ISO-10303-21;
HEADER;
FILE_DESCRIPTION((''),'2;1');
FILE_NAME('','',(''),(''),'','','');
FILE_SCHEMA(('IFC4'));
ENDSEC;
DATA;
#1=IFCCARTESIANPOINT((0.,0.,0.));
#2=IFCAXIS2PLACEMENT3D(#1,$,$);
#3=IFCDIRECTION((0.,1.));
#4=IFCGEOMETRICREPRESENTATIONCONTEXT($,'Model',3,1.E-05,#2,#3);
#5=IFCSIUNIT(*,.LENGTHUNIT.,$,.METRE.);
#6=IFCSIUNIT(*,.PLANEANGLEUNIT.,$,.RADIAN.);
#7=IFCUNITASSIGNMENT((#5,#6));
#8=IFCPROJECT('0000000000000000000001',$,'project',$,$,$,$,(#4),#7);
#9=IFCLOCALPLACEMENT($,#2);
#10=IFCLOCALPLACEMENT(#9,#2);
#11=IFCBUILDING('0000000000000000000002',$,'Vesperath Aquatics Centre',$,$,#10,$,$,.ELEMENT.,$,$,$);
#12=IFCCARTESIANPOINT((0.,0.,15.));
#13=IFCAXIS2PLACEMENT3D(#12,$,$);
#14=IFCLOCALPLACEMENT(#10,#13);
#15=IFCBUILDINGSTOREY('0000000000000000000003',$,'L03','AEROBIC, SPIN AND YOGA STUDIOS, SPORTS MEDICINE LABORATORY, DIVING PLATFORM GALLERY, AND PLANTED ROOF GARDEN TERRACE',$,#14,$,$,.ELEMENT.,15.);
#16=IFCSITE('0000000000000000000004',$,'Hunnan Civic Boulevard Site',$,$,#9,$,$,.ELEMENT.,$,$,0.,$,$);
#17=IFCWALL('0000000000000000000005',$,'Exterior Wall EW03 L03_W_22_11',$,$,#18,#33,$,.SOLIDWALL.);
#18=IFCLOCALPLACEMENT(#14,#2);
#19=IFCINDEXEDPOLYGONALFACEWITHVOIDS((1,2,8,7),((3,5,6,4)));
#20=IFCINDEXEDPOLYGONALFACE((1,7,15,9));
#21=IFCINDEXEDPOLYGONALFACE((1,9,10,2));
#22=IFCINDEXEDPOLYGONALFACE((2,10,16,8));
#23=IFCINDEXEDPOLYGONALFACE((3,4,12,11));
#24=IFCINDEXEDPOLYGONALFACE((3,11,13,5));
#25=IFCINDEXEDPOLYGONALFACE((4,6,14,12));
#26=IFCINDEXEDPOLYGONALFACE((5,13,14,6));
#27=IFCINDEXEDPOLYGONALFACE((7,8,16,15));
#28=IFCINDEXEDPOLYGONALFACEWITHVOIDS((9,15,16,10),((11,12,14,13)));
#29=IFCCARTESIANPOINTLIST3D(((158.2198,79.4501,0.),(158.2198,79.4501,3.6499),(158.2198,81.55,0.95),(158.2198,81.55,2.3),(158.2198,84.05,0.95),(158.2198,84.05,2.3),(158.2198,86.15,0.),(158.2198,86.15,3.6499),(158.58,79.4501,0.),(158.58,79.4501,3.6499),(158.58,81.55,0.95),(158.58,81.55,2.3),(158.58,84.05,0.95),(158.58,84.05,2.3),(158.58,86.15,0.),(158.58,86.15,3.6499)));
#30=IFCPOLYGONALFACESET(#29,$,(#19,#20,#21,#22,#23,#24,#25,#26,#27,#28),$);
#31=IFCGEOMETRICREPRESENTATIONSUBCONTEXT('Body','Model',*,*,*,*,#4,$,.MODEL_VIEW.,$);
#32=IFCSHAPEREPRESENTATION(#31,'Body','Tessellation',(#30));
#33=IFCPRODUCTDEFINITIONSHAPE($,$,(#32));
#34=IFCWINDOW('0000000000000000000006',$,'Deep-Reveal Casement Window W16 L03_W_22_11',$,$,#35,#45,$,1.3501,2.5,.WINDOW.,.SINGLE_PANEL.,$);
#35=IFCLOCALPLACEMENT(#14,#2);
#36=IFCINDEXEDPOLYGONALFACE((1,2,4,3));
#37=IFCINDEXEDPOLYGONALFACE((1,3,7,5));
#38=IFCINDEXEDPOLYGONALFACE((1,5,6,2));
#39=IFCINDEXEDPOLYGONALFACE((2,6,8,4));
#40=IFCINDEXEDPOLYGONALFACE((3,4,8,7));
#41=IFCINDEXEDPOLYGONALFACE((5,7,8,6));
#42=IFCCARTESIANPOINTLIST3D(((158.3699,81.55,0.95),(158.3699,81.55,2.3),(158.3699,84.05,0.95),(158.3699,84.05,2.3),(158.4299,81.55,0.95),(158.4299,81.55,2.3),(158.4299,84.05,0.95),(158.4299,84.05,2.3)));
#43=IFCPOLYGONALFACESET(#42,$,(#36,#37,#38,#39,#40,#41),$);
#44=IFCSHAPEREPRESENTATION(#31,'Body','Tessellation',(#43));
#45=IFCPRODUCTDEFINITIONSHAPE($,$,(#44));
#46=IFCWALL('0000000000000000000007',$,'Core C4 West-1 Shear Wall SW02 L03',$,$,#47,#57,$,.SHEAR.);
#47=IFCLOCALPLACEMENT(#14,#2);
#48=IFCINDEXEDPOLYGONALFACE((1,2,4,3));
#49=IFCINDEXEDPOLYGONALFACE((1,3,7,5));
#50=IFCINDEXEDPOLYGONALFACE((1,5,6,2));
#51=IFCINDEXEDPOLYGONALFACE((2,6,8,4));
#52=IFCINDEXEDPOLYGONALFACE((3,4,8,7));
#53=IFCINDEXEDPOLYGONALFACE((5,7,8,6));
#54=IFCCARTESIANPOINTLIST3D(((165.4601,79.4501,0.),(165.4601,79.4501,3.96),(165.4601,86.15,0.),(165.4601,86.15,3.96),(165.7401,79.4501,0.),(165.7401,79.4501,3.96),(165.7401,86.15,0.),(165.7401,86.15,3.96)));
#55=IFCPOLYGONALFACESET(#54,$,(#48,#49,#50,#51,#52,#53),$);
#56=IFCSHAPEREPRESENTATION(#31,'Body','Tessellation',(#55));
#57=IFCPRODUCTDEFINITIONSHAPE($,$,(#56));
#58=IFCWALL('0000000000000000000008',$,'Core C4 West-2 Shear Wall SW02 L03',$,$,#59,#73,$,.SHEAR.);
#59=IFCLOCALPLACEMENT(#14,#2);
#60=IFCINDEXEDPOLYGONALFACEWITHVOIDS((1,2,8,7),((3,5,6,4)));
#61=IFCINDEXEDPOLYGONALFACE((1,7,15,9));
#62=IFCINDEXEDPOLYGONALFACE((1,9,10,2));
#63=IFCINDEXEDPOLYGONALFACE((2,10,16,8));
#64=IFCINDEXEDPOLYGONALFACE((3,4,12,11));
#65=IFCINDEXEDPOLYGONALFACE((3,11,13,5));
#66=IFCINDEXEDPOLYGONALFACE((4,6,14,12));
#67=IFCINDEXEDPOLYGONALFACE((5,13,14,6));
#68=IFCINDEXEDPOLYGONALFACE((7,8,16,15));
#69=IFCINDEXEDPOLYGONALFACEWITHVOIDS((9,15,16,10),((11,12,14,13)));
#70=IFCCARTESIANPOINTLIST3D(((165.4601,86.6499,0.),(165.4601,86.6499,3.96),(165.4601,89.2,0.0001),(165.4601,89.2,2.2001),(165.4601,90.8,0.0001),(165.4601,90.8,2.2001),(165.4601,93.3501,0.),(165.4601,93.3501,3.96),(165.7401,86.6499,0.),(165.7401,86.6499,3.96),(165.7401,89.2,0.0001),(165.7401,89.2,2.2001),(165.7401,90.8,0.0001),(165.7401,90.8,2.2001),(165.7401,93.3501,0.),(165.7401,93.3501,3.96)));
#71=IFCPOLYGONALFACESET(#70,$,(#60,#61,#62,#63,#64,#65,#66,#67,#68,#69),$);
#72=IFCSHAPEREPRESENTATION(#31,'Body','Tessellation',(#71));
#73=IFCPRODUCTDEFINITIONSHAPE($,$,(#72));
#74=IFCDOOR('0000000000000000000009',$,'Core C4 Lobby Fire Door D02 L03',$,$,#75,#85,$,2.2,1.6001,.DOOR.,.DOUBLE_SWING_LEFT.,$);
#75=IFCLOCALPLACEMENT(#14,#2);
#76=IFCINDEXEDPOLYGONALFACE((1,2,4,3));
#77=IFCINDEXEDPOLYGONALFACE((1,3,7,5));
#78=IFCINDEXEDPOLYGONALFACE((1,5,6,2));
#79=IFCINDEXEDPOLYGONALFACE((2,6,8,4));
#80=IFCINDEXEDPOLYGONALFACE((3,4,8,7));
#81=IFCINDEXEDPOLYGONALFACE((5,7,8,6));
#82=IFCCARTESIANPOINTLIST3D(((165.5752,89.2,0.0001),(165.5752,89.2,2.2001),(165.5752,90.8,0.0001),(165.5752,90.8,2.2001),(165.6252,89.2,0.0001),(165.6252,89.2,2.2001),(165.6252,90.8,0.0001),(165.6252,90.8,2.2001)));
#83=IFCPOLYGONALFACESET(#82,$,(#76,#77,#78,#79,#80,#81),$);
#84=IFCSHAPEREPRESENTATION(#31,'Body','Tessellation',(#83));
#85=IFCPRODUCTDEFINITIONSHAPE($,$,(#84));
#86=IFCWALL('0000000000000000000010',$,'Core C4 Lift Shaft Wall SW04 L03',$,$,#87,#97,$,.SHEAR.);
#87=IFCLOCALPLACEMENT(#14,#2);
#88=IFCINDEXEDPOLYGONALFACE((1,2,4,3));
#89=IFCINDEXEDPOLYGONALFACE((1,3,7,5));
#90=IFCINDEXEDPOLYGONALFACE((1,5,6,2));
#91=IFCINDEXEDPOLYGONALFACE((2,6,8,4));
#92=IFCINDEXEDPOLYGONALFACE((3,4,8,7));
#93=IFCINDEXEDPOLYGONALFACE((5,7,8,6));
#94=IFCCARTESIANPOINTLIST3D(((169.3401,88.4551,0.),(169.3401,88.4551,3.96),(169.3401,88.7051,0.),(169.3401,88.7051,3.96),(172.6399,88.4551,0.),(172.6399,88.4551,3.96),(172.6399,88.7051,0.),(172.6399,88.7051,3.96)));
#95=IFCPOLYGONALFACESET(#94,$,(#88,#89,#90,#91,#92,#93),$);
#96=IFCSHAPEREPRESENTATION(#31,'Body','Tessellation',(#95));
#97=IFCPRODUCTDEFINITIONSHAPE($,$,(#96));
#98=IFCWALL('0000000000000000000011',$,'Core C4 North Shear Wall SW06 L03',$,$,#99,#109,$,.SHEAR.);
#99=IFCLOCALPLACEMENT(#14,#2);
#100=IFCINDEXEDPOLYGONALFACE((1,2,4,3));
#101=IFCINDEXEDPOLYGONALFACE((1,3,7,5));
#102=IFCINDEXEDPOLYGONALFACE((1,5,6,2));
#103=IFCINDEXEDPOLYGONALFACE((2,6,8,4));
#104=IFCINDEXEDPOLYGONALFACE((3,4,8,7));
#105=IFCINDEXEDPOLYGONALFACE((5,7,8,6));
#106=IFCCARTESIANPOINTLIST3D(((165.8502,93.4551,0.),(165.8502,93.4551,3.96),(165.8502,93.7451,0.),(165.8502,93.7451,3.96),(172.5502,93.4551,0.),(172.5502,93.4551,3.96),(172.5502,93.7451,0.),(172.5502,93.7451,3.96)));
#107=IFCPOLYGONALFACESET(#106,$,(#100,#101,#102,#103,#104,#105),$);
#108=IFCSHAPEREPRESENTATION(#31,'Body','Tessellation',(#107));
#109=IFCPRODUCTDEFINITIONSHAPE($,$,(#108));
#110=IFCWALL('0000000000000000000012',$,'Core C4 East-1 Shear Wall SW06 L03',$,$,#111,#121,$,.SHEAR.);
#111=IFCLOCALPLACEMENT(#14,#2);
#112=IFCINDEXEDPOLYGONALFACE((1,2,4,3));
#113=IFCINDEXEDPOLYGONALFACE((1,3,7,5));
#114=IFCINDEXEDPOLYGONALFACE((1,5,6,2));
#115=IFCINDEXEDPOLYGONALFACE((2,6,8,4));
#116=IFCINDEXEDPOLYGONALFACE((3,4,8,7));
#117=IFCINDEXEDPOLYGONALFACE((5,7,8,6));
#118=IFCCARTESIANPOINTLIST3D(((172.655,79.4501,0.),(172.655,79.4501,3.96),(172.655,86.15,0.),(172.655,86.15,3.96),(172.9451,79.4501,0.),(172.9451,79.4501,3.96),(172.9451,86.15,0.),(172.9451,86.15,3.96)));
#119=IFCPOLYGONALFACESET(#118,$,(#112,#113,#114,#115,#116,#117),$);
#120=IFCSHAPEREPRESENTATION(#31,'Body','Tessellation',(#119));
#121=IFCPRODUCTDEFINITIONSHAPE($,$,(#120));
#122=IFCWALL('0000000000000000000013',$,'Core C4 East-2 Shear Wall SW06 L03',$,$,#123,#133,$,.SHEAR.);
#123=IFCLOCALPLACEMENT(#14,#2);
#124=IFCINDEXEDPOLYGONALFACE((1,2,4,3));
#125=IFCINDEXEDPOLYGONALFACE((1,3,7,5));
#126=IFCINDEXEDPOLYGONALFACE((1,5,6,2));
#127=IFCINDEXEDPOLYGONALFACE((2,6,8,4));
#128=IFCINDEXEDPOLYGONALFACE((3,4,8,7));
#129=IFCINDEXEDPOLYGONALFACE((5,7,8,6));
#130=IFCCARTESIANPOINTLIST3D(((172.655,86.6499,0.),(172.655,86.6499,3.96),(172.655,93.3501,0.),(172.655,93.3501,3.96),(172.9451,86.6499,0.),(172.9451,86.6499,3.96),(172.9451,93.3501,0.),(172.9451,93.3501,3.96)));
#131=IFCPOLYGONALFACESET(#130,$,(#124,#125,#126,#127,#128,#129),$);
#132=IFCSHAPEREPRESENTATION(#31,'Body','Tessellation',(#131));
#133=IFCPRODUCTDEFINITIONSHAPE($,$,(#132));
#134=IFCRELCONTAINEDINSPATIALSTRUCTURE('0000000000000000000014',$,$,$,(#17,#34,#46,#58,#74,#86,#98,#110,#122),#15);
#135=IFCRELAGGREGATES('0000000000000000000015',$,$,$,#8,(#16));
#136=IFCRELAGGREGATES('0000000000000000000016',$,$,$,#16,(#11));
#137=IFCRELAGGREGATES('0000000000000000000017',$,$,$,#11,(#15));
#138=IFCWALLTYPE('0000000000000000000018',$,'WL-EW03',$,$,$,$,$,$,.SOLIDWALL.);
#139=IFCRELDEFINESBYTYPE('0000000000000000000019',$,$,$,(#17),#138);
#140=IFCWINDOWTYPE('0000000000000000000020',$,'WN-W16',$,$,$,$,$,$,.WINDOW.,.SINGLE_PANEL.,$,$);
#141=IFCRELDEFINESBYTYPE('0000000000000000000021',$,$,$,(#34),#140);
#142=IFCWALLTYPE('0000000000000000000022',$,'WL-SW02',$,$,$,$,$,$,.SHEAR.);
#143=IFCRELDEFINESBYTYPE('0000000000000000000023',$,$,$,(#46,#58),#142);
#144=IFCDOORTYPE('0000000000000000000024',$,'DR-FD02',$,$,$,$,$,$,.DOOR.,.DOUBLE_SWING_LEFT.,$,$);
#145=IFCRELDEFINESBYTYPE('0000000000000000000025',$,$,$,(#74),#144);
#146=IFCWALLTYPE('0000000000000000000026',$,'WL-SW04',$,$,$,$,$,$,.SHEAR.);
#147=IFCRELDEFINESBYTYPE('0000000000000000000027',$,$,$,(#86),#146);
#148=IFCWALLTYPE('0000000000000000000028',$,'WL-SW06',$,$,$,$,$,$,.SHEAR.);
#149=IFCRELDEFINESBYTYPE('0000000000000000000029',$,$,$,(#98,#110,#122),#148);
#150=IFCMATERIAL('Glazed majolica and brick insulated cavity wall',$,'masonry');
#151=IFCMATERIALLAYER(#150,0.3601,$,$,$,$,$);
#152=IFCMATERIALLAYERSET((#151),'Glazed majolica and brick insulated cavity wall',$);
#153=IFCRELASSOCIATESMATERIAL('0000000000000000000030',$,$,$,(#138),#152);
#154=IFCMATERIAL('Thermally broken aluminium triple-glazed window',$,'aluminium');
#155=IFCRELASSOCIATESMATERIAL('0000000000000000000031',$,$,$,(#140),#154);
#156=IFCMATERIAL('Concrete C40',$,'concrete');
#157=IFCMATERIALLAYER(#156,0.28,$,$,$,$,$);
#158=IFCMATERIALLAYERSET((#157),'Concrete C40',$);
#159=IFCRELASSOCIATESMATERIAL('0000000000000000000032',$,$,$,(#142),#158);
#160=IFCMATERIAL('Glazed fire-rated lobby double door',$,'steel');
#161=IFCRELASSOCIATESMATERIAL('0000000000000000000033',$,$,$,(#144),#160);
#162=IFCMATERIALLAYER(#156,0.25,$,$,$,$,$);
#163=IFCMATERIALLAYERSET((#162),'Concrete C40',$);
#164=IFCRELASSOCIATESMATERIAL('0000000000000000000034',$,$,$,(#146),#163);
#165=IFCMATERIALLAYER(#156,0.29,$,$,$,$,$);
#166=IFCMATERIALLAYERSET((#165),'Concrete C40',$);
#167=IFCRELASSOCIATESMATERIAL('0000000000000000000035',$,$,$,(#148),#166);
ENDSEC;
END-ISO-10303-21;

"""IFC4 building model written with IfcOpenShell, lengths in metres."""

from ifc_helpers import new_model, si_unit, direction, frame, frame_2d, origin, place, context, subcontext, project, spatial, rectangle, extrude, material, layer, layer_set, type_object, element, fill, save


model = new_model("IFC4")

# Units and contexts
model_context = context("Model", 3, precision=1e-05, world=origin(), true_north=direction((0.0, 1.0)))
body_context = subcontext(model_context, "Body", "Model", "MODEL_VIEW")
ifc_project = project(units=[si_unit("LENGTHUNIT", "METRE"), si_unit("PLANEANGLEUNIT", "RADIAN")], contexts=[model_context])

# Site, building, storey
site_placement = place(None, origin())
site = spatial("IfcSite", under=ifc_project, at=site_placement, Name="Hunnan Civic Boulevard Site", CompositionType="ELEMENT", RefElevation=0.0)
building_placement = place(site_placement, origin())
building = spatial("IfcBuilding", under=site, at=building_placement, Name="Vesperath Aquatics Centre", CompositionType="ELEMENT")
storey_placement = place(building_placement, frame((0.0, 0.0, 15.0)))
storey = spatial("IfcBuildingStorey", under=building, at=storey_placement, Name="L03", Description="AEROBIC, SPIN AND YOGA STUDIOS, SPORTS MEDICINE LABORATORY, DIVING PLATFORM GALLERY, AND PLANTED ROOF GARDEN TERRACE", CompositionType="ELEMENT", Elevation=15.0)

# Wall, opening, window
ifc_material_1 = material(Name="Thermally broken aluminium triple-glazed window", Category="aluminium")
ifc_material_2 = material(Name="Glazed majolica and brick insulated cavity wall", Category="masonry")
ifc_layer_1 = layer(ifc_material_2, 0.3601)
ifc_layer_set_1 = layer_set([ifc_layer_1], Name="Glazed majolica and brick insulated cavity wall")
wall_type_1 = type_object("IfcWallType", Name="WL-EW03", PredefinedType="SOLIDWALL", material=ifc_layer_set_1)
wall_1_placement = place(storey_placement, frame((158.3999, 79.45, 0.0), z_axis=(0.0, 0.0, 1.0), x_axis=(0.0, 1.0, 0.0)))
wall_1 = element("IfcWall", 1, at=wall_1_placement, inside=storey, type_object=wall_type_1, Name="Exterior Wall EW03 L03_W_22_11", PredefinedType="SOLIDWALL", context=body_context, shape_type="SweptSolid", body=[
    extrude(rectangle(XDim=6.7, YDim=0.3601, at=frame_2d((3.3501, 0.0))), origin(), (0.0, 0.0, 1.0), 3.6499),
])
opening_1_placement = place(wall_1_placement, frame((2.1001, 0.0, 0.95)))
opening_1 = element("IfcOpeningElement", 2, at=opening_1_placement, cuts=wall_1, PredefinedType="OPENING", context=body_context, shape_type="SweptSolid", body=[
    extrude(rectangle(XDim=2.5, YDim=1.3501, at=frame_2d((1.25, 0.675))), frame((0.0, 0.1948, 0.0), z_axis=(0.0, -1.0, 0.0), x_axis=(1.0, 0.0, 0.0)), (0.0, 0.0, 1.0), 0.3899),
])
window_type_1 = type_object("IfcWindowType", Name="WN-W16", PartitioningType="SINGLE_PANEL", PredefinedType="WINDOW", material=ifc_material_1)
window_1_placement = place(opening_1_placement, origin())
window_1 = element("IfcWindow", 3, at=window_1_placement, inside=storey, type_object=window_type_1, Name="Deep-Reveal Casement Window W16 L03_W_22_11", OverallHeight=1.3501, OverallWidth=2.5, PartitioningType="SINGLE_PANEL", PredefinedType="WINDOW", context=body_context, shape_type="SweptSolid", body=[
    extrude(rectangle(XDim=2.5, YDim=1.3501, at=frame_2d((1.25, 0.675))), frame((0.0, 0.03, 0.0), z_axis=(0.0, -1.0, 0.0), x_axis=(1.0, 0.0, 0.0)), (0.0, 0.0, 1.0), 0.0601),
])
fill(opening_1, window_1)

# Wall
ifc_material_3 = material(Name="Concrete C40", Category="concrete")
ifc_layer_2 = layer(ifc_material_3, 0.28)
ifc_layer_set_2 = layer_set([ifc_layer_2], Name="Concrete C40")
wall_type_2 = type_object("IfcWallType", Name="WL-SW02", PredefinedType="SHEAR", material=ifc_layer_set_2)
wall_2_placement = place(storey_placement, frame((165.6001, 79.45, 0.0), z_axis=(0.0, 0.0, 1.0), x_axis=(0.0, 1.0, 0.0)))
element("IfcWall", 4, at=wall_2_placement, inside=storey, type_object=wall_type_2, Name="Core C4 West-1 Shear Wall SW02 L03", PredefinedType="SHEAR", context=body_context, shape_type="SweptSolid", body=[
    extrude(rectangle(XDim=6.7, YDim=0.28, at=frame_2d((3.3501, 0.0))), origin(), (0.0, 0.0, 1.0), 3.96),
])

# Wall, opening, door
wall_3_placement = place(storey_placement, frame((165.6001, 86.6499, 0.0), z_axis=(0.0, 0.0, 1.0), x_axis=(0.0, 1.0, 0.0)))
wall_3 = element("IfcWall", 5, at=wall_3_placement, inside=storey, type_object=wall_type_2, Name="Core C4 West-2 Shear Wall SW02 L03", PredefinedType="SHEAR", context=body_context, shape_type="SweptSolid", body=[
    extrude(rectangle(XDim=6.7002, YDim=0.28, at=frame_2d((3.3501, 0.0))), origin(), (0.0, 0.0, 1.0), 3.96),
])
opening_2_placement = place(wall_3_placement, frame((2.55, 0.0, 0.0)))
opening_2 = element("IfcOpeningElement", 6, at=opening_2_placement, cuts=wall_3, PredefinedType="OPENING", context=body_context, shape_type="SweptSolid", body=[
    extrude(rectangle(XDim=1.6001, YDim=2.2, at=frame_2d((0.8, 1.1001))), frame((0.0, 0.1548, 0.0), z_axis=(0.0, -1.0, 0.0), x_axis=(1.0, 0.0, 0.0)), (0.0, 0.0, 1.0), 0.3098),
])
ifc_material_4 = material(Name="Glazed fire-rated lobby double door", Category="steel")
door_type = type_object("IfcDoorType", Name="DR-FD02", OperationType="DOUBLE_SWING_LEFT", PredefinedType="DOOR", material=ifc_material_4)
door_placement = place(opening_2_placement, origin())
door = element("IfcDoor", 7, at=door_placement, inside=storey, type_object=door_type, Name="Core C4 Lobby Fire Door D02 L03", OperationType="DOUBLE_SWING_LEFT", OverallHeight=2.2, OverallWidth=1.6001, PredefinedType="DOOR", context=body_context, shape_type="SweptSolid", body=[
    extrude(rectangle(XDim=1.6001, YDim=2.2, at=frame_2d((0.8, 1.1001))), frame((0.0, 0.0249, 0.0), z_axis=(0.0, -1.0, 0.0), x_axis=(1.0, 0.0, 0.0)), (0.0, 0.0, 1.0), 0.05),
])
fill(opening_2, door)

# Walls
ifc_layer_3 = layer(ifc_material_3, 0.25)
ifc_layer_set_3 = layer_set([ifc_layer_3], Name="Concrete C40")
wall_type_3 = type_object("IfcWallType", Name="WL-SW04", PredefinedType="SHEAR", material=ifc_layer_set_3)
wall_4_placement = place(storey_placement, frame((169.3401, 88.5801, 0.0), z_axis=(0.0, 0.0, 1.0), x_axis=(1.0, 0.0, 0.0)))
element("IfcWall", 8, at=wall_4_placement, inside=storey, type_object=wall_type_3, Name="Core C4 Lift Shaft Wall SW04 L03", PredefinedType="SHEAR", context=body_context, shape_type="SweptSolid", body=[
    extrude(rectangle(XDim=3.2998, YDim=0.25, at=frame_2d((1.6499, 0.0))), origin(), (0.0, 0.0, 1.0), 3.96),
])
ifc_layer_4 = layer(ifc_material_3, 0.29)
ifc_layer_set_4 = layer_set([ifc_layer_4], Name="Concrete C40")
wall_type_4 = type_object("IfcWallType", Name="WL-SW06", PredefinedType="SHEAR", material=ifc_layer_set_4)
for number, where, z_axis, x_axis, name in (
    (9, (165.8501, 93.6001, 0.0), (0.0, 0.0, 1.0), (1.0, 0.0, 0.0), "Core C4 North Shear Wall SW06 L03"),
    (10, (172.8, 79.45, 0.0), (0.0, 0.0, 1.0), (0.0, 1.0, 0.0), "Core C4 East-1 Shear Wall SW06 L03"),
):
    element("IfcWall", number, at=place(storey_placement, frame(where, z_axis=z_axis, x_axis=x_axis)), inside=storey, type_object=wall_type_4, Name=name, PredefinedType="SHEAR", context=body_context, shape_type="SweptSolid", body=[
        extrude(rectangle(XDim=6.7, YDim=0.29, at=frame_2d((3.3501, 0.0))), origin(), (0.0, 0.0, 1.0), 3.96),
    ])
wall_5_placement = place(storey_placement, frame((172.8, 86.6499, 0.0), z_axis=(0.0, 0.0, 1.0), x_axis=(0.0, 1.0, 0.0)))
element("IfcWall", 11, at=wall_5_placement, inside=storey, type_object=wall_type_4, Name="Core C4 East-2 Shear Wall SW06 L03", PredefinedType="SHEAR", context=body_context, shape_type="SweptSolid", body=[
    extrude(rectangle(XDim=6.7002, YDim=0.29, at=frame_2d((3.3501, 0.0))), origin(), (0.0, 0.0, 1.0), 3.96),
])

save(model, "model.ifc")
